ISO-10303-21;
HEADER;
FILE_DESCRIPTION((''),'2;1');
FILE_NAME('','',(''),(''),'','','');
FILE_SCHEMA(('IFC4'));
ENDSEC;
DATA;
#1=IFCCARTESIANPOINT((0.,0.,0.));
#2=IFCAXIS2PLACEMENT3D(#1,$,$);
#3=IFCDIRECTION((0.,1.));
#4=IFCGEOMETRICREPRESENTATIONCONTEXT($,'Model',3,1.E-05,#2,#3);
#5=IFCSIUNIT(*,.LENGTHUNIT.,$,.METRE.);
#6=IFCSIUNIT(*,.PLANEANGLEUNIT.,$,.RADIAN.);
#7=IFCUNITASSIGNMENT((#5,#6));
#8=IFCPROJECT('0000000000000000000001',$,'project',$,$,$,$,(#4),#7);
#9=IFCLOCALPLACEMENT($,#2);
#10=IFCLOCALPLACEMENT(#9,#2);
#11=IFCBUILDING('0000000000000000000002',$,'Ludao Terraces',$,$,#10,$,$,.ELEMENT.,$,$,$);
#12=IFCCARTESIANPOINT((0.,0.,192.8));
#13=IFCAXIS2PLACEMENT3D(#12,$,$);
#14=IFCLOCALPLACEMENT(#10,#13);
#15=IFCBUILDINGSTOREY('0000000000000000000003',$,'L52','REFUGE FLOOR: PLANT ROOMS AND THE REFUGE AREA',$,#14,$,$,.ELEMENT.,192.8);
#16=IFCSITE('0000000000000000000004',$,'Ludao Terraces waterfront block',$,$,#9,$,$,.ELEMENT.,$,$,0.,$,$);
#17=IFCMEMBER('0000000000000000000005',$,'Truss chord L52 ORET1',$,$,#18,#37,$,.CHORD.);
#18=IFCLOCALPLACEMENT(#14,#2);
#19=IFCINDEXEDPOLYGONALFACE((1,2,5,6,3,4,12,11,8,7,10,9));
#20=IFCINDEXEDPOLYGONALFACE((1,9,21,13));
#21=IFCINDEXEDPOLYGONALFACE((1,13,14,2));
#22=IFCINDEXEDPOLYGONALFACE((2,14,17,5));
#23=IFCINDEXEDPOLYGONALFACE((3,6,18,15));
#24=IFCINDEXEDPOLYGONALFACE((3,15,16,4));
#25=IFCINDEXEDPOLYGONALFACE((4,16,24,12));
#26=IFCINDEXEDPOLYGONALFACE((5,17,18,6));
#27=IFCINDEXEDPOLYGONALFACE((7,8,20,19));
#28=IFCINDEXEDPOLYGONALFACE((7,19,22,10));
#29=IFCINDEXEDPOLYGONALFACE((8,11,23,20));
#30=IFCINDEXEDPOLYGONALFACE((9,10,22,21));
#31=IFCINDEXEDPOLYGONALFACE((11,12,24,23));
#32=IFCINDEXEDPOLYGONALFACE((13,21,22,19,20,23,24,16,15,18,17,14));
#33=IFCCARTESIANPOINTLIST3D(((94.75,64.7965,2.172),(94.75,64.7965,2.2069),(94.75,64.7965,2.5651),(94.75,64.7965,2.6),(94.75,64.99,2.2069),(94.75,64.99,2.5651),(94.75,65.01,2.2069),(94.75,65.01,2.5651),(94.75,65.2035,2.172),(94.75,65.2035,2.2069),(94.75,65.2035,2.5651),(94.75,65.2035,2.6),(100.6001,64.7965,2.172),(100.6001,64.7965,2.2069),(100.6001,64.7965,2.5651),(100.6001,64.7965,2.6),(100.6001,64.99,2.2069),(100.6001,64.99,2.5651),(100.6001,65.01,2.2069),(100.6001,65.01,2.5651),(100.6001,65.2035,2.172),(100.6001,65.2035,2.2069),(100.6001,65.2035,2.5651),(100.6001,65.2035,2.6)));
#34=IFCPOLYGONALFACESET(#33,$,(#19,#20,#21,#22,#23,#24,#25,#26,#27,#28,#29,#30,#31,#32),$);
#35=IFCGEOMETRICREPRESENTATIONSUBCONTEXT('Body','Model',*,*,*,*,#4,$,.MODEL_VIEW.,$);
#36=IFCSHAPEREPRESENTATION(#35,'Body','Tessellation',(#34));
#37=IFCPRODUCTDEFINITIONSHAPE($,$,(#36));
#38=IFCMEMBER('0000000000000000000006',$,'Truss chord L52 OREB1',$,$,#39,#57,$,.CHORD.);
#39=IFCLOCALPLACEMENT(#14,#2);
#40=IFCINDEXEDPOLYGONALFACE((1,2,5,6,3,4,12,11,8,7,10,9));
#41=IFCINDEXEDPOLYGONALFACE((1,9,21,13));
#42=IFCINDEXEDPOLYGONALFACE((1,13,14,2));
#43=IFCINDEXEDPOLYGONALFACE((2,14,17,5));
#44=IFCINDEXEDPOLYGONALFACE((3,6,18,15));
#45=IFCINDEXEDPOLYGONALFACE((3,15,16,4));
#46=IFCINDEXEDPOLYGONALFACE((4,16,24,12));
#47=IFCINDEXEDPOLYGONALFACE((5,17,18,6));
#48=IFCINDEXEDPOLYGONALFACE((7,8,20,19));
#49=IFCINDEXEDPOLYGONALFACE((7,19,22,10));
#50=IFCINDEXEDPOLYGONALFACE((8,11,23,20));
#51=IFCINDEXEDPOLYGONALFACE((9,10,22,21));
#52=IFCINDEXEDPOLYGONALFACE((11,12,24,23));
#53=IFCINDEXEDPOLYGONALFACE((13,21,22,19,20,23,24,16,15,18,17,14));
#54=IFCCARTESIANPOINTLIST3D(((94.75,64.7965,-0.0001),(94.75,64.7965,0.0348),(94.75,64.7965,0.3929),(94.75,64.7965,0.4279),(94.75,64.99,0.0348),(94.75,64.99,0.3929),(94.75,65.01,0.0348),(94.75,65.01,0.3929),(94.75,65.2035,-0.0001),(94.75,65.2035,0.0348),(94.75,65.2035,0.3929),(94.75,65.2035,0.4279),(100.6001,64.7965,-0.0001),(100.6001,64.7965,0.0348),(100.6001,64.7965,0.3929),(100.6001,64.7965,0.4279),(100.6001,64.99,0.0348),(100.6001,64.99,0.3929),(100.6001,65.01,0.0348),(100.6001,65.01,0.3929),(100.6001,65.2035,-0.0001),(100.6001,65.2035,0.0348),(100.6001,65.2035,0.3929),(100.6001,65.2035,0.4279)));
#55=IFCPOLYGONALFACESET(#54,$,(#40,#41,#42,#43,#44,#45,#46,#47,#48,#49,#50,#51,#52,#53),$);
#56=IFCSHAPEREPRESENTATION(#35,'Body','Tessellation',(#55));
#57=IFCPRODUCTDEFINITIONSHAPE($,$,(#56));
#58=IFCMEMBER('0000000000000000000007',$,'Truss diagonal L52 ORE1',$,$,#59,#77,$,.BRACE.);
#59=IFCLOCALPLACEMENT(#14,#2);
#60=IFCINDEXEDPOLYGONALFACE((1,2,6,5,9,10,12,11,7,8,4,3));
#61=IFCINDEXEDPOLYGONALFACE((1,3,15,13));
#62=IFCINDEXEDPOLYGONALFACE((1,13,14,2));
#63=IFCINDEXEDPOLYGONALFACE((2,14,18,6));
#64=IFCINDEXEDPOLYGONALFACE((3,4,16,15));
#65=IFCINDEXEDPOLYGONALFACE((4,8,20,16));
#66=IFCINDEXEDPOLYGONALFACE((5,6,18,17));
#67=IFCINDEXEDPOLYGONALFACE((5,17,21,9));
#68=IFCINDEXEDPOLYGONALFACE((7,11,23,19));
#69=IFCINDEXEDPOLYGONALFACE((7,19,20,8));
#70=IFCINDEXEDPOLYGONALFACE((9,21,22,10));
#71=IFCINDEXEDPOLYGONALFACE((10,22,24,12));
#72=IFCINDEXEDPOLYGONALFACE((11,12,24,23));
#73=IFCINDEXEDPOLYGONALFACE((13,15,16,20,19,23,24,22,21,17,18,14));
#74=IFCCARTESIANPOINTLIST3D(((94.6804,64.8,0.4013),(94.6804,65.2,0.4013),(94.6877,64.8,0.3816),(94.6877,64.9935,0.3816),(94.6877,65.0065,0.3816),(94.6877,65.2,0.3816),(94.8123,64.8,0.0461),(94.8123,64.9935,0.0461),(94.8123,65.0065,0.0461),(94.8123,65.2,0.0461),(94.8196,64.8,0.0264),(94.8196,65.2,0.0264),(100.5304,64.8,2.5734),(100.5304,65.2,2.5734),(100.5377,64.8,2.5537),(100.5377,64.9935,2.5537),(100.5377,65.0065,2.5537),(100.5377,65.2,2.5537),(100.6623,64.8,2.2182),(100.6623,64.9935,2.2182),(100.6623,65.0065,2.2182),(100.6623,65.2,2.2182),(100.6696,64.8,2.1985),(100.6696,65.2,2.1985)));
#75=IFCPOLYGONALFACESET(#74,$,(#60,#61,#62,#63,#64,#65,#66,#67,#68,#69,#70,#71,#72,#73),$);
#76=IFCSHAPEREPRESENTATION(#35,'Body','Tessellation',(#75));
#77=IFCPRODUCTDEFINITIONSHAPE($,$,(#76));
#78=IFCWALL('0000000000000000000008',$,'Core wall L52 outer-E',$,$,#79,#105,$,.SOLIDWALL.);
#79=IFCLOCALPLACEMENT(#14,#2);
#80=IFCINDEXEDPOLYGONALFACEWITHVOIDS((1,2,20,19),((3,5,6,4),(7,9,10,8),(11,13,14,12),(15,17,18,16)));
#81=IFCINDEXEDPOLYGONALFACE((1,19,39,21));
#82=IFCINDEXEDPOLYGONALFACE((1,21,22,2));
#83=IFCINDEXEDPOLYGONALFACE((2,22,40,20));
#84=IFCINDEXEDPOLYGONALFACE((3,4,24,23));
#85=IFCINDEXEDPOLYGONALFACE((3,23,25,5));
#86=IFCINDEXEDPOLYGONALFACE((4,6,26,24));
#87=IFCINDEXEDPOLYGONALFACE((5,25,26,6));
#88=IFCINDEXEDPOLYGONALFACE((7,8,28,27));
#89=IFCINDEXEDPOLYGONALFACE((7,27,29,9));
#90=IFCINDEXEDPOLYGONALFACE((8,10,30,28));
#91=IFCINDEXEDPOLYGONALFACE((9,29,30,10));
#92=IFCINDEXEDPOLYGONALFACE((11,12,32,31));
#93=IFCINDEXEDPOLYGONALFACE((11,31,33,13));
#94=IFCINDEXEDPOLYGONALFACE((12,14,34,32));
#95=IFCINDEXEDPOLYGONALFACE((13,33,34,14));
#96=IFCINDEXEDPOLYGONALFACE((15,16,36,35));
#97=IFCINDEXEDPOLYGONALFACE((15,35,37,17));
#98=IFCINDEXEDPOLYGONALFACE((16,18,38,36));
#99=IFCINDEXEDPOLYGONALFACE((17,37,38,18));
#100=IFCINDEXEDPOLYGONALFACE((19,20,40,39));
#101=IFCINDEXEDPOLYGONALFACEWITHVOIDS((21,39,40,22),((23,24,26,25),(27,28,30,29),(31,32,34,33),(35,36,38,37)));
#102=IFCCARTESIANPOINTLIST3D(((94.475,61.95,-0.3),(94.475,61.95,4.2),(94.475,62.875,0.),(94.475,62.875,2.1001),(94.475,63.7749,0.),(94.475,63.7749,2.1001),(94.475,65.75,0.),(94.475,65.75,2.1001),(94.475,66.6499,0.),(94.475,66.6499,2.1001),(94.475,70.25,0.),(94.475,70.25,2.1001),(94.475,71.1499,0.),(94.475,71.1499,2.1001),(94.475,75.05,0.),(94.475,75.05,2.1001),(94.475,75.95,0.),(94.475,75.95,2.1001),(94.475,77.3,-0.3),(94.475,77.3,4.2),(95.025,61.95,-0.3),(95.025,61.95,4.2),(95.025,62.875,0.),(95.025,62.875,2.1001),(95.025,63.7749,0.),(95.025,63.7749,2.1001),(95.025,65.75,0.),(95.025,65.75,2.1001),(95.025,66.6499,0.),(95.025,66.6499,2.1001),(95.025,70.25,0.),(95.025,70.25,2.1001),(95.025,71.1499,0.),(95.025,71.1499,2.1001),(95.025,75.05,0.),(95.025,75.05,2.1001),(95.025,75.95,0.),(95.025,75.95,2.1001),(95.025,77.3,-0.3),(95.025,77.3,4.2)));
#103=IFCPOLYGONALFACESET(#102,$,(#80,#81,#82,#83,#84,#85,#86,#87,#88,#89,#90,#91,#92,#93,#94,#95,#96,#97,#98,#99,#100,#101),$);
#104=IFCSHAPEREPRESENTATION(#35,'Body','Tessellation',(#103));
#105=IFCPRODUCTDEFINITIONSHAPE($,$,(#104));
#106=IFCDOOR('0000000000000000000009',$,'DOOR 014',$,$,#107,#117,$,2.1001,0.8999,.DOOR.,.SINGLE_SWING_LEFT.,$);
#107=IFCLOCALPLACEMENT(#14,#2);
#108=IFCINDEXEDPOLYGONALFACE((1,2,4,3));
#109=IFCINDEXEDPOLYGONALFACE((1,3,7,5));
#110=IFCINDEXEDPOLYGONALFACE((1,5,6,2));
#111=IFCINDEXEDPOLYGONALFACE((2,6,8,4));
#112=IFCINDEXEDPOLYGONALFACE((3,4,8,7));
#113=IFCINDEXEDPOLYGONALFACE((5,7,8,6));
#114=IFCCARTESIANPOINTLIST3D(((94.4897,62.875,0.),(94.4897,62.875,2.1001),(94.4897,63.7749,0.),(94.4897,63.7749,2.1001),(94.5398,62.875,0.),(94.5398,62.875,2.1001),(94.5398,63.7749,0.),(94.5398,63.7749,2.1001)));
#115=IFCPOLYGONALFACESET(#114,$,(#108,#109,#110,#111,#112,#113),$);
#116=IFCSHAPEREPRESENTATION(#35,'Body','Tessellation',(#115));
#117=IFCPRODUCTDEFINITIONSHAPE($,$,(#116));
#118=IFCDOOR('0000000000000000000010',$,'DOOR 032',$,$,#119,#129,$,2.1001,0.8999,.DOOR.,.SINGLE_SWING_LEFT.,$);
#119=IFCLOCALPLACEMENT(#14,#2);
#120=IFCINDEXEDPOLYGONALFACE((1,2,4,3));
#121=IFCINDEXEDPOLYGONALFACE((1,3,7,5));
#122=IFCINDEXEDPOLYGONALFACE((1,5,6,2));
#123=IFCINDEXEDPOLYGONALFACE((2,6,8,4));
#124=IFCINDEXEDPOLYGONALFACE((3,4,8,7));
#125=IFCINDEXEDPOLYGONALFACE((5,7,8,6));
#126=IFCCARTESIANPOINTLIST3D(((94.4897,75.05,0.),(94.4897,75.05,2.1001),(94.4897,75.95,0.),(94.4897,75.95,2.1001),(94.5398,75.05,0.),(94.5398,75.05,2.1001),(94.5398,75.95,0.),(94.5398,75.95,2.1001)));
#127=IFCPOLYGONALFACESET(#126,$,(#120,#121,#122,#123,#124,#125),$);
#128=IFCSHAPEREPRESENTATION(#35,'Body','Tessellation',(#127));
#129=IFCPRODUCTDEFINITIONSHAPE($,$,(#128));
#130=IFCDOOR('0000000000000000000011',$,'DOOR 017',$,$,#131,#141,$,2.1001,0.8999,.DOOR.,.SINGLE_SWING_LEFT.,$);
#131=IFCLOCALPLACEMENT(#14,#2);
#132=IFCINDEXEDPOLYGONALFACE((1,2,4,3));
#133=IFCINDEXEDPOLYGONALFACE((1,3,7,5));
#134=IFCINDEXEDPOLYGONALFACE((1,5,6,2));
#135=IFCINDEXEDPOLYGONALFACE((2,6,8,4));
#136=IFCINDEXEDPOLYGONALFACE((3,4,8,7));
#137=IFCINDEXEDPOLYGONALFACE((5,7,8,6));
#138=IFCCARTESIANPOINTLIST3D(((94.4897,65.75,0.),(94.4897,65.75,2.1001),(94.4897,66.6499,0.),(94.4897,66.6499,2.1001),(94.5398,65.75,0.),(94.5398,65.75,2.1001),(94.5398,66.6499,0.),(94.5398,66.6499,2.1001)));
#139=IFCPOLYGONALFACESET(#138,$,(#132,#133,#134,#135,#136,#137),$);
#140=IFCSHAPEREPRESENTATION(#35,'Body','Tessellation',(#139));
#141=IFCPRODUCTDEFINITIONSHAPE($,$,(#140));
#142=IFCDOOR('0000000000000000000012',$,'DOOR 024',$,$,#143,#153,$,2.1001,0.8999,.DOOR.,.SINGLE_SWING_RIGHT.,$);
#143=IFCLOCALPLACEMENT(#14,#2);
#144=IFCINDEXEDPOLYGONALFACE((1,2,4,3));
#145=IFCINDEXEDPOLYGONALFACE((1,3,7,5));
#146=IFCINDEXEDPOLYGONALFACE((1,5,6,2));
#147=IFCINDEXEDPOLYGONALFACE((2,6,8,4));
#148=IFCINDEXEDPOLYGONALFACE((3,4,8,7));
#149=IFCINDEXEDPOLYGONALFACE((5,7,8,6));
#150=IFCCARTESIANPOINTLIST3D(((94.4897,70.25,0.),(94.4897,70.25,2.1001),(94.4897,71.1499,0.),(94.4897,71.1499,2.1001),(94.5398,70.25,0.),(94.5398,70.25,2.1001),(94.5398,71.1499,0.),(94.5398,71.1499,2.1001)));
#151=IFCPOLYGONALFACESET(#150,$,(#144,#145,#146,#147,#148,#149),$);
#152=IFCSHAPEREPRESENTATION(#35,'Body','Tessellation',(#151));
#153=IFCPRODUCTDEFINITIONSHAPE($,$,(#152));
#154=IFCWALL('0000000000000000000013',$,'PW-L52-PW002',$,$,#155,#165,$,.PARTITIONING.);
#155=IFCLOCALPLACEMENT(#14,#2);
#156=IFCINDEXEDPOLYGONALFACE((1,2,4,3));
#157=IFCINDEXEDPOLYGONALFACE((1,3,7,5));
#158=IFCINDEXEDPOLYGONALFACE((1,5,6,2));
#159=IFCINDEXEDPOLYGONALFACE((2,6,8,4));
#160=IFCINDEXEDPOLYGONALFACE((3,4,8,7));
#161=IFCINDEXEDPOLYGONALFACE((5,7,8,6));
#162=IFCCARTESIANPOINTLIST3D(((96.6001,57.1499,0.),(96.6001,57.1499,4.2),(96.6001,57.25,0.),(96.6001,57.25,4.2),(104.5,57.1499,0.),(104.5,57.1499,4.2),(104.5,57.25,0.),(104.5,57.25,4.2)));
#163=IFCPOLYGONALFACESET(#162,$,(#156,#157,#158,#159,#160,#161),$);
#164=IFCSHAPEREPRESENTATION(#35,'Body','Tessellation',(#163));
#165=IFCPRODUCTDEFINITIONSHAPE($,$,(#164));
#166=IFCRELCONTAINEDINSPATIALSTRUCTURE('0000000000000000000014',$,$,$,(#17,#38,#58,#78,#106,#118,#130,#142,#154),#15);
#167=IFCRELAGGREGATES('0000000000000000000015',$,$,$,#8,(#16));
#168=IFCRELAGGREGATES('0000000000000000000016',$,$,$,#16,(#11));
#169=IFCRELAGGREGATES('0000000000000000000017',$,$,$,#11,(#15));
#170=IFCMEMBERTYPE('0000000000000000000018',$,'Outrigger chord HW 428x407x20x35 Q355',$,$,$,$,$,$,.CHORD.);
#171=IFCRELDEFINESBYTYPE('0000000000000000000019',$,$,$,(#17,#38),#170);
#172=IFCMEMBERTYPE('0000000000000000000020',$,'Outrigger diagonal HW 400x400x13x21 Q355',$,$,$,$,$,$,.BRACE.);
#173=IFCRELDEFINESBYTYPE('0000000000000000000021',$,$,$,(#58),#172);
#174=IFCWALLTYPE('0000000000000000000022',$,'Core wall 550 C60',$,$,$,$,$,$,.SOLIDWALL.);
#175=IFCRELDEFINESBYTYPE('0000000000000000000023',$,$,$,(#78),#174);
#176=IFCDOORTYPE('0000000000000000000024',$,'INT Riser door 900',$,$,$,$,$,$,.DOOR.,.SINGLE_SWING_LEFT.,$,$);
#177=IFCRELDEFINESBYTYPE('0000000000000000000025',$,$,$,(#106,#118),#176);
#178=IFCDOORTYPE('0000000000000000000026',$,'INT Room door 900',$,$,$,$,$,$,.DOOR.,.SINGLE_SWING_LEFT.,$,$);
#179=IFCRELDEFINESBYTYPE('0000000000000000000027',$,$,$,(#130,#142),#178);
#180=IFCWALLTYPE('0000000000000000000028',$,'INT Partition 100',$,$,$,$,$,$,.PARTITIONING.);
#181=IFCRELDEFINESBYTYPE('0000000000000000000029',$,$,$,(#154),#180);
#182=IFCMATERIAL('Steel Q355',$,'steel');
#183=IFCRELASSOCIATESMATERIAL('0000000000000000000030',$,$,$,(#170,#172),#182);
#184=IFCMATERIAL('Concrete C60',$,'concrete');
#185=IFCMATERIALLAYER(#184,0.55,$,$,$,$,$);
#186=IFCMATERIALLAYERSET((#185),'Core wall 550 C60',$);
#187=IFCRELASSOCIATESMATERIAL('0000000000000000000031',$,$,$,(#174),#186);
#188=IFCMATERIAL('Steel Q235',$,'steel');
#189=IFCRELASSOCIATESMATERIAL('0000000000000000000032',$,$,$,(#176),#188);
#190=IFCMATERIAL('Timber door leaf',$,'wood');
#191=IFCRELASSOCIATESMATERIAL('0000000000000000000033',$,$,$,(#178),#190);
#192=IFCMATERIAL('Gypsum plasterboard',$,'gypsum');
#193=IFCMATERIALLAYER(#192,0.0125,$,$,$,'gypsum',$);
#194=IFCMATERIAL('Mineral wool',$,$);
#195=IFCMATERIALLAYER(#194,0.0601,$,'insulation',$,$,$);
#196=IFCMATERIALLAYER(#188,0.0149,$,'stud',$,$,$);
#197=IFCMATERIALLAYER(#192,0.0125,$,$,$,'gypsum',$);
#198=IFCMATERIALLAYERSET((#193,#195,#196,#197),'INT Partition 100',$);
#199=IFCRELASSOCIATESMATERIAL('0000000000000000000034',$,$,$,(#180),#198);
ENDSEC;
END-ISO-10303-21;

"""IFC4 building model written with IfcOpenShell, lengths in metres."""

from ifc_helpers import new_model, si_unit, direction, frame, frame_2d, origin, origin_2d, place, context, subcontext, project, spatial, rectangle, i_section, extrude, material, layer, layer_set, material_profile, profile_set, type_object, element, fill, save


model = new_model("IFC4")

# Units and contexts
model_context = context("Model", 3, precision=1e-05, world=origin(), true_north=direction((0.0, 1.0)))
body_context = subcontext(model_context, "Body", "Model", "MODEL_VIEW")
ifc_project = project(units=[si_unit("LENGTHUNIT", "METRE"), si_unit("PLANEANGLEUNIT", "RADIAN")], contexts=[model_context])

# Site, building, storey
site_placement = place(None, origin())
site = spatial("IfcSite", under=ifc_project, at=site_placement, Name="Ludao Terraces waterfront block", CompositionType="ELEMENT", RefElevation=0.0)
building_placement = place(site_placement, origin())
building = spatial("IfcBuilding", under=site, at=building_placement, Name="Ludao Terraces", CompositionType="ELEMENT")
storey_placement = place(building_placement, frame((0.0, 0.0, 192.8)))
storey = spatial("IfcBuildingStorey", under=building, at=storey_placement, Name="L52", Description="REFUGE FLOOR: PLANT ROOMS AND THE REFUGE AREA", CompositionType="ELEMENT", Elevation=192.8)

# Members
ifc_material_1 = material(Name="Steel Q355", Category="steel")
ifc_material_profile_1 = material_profile(ifc_material_1, i_section(OverallWidth=0.407, OverallDepth=0.428, WebThickness=0.02, FlangeThickness=0.0349, at=origin_2d()), Name="HW 428X407X20X35")
ifc_profile_set_1 = profile_set([ifc_material_profile_1], Name="Steel Q355")
member_type_1 = type_object("IfcMemberType", Name="Outrigger chord HW 428x407x20x35 Q355", PredefinedType="CHORD", material=ifc_profile_set_1)
for number, where, z_axis, x_axis, name in (
    (1, (94.75, 65.0, 2.386), (1.0, 0.0, 0.0), (0.0, 1.0, 0.0), "Truss chord L52 ORET1"),
    (2, (94.75, 65.0, 0.2139), (1.0, 0.0, 0.0), (0.0, 1.0, 0.0), "Truss chord L52 OREB1"),
):
    element("IfcMember", number, at=place(storey_placement, frame(where, z_axis=z_axis, x_axis=x_axis)), inside=storey, type_object=member_type_1, Name=name, PredefinedType="CHORD", context=body_context, shape_type="SweptSolid", body=[
        extrude(i_section(OverallWidth=0.407, OverallDepth=0.428, WebThickness=0.02, FlangeThickness=0.0349, at=origin_2d()), origin(), (0.0, 0.0, 1.0), 5.8501),
    ])
ifc_material_profile_2 = material_profile(ifc_material_1, i_section(OverallWidth=0.3999, OverallDepth=0.3999, WebThickness=0.0129, FlangeThickness=0.021, at=origin_2d()), Name="HW 400X400X13X21")
ifc_profile_set_2 = profile_set([ifc_material_profile_2], Name="Steel Q355")
member_type_2 = type_object("IfcMemberType", Name="Outrigger diagonal HW 400x400x13x21 Q355", PredefinedType="BRACE", material=ifc_profile_set_2)
member_placement = place(storey_placement, frame((94.75, 65.0, 0.2139), z_axis=(0.937466, 0.0, 0.348077), x_axis=(0.0, 1.0, 0.0)))
element("IfcMember", 3, at=member_placement, inside=storey, type_object=member_type_2, Name="Truss diagonal L52 ORE1", PredefinedType="BRACE", context=body_context, shape_type="SweptSolid", body=[
    extrude(i_section(OverallWidth=0.3999, OverallDepth=0.3999, WebThickness=0.0129, FlangeThickness=0.021, at=origin_2d()), origin(), (0.0, 0.0, 1.0), 6.2402),
])

# Wall, openings, doors
ifc_material_2 = material(Name="Concrete C60", Category="concrete")
ifc_layer_1 = layer(ifc_material_2, 0.55)
ifc_layer_set_1 = layer_set([ifc_layer_1], Name="Core wall 550 C60")
wall_type_1 = type_object("IfcWallType", Name="Core wall 550 C60", PredefinedType="SOLIDWALL", material=ifc_layer_set_1)
wall_1_placement = place(storey_placement, frame((94.75, 61.95, -0.3), z_axis=(0.0, 0.0, 1.0), x_axis=(0.0, 1.0, 0.0)))
wall_1 = element("IfcWall", 4, at=wall_1_placement, inside=storey, type_object=wall_type_1, Name="Core wall L52 outer-E", PredefinedType="SOLIDWALL", context=body_context, shape_type="SweptSolid", body=[
    extrude(rectangle(XDim=15.3501, YDim=0.55, at=frame_2d((7.675, 0.0))), origin(), (0.0, 0.0, 1.0), 4.5),
])
opening_1_placement = place(wall_1_placement, frame((0.925, 0.0, 0.3)))
opening_1 = element("IfcOpeningElement", 5, at=opening_1_placement, cuts=wall_1, PredefinedType="OPENING", context=body_context, shape_type="SweptSolid", body=[
    extrude(rectangle(XDim=0.8999, YDim=2.1001, at=frame_2d((0.45, 1.05))), frame((0.0, 0.2852, 0.0), z_axis=(0.0, -1.0, 0.0), x_axis=(1.0, 0.0, 0.0)), (0.0, 0.0, 1.0), 0.5701),
])
opening_2_placement = place(wall_1_placement, frame((3.8, 0.0, 0.3)))
opening_2 = element("IfcOpeningElement", 6, at=opening_2_placement, cuts=wall_1, PredefinedType="OPENING", context=body_context, shape_type="SweptSolid", body=[
    extrude(rectangle(XDim=0.8999, YDim=2.1001, at=frame_2d((0.45, 1.05))), frame((0.0, 0.2852, 0.0), z_axis=(0.0, -1.0, 0.0), x_axis=(1.0, 0.0, 0.0)), (0.0, 0.0, 1.0), 0.5701),
])
opening_3_placement = place(wall_1_placement, frame((8.3, 0.0, 0.3)))
opening_3 = element("IfcOpeningElement", 7, at=opening_3_placement, cuts=wall_1, PredefinedType="OPENING", context=body_context, shape_type="SweptSolid", body=[
    extrude(rectangle(XDim=0.8999, YDim=2.1001, at=frame_2d((0.45, 1.05))), frame((0.0, 0.2852, 0.0), z_axis=(0.0, -1.0, 0.0), x_axis=(1.0, 0.0, 0.0)), (0.0, 0.0, 1.0), 0.5701),
])
opening_4_placement = place(wall_1_placement, frame((13.1001, 0.0, 0.3)))
opening_4 = element("IfcOpeningElement", 8, at=opening_4_placement, cuts=wall_1, PredefinedType="OPENING", context=body_context, shape_type="SweptSolid", body=[
    extrude(rectangle(XDim=0.8999, YDim=2.1001, at=frame_2d((0.45, 1.05))), frame((0.0, 0.2852, 0.0), z_axis=(0.0, -1.0, 0.0), x_axis=(1.0, 0.0, 0.0)), (0.0, 0.0, 1.0), 0.5701),
])
ifc_material_3 = material(Name="Steel Q235", Category="steel")
door_type_1 = type_object("IfcDoorType", Name="INT Riser door 900", OperationType="SINGLE_SWING_LEFT", PredefinedType="DOOR", material=ifc_material_3)
door_1_placement = place(opening_1_placement, origin())
door_1 = element("IfcDoor", 9, at=door_1_placement, inside=storey, type_object=door_type_1, Name="DOOR 014", OperationType="SINGLE_SWING_LEFT", OverallHeight=2.1001, OverallWidth=0.8999, PredefinedType="DOOR", context=body_context, shape_type="SweptSolid", body=[
    extrude(rectangle(XDim=0.8999, YDim=2.1001, at=frame_2d((0.45, 1.05))), frame((0.0, 0.2603, 0.0), z_axis=(0.0, -1.0, 0.0), x_axis=(1.0, 0.0, 0.0)), (0.0, 0.0, 1.0), 0.05),
])
fill(opening_1, door_1)
door_2_placement = place(opening_4_placement, origin())
door_2 = element("IfcDoor", 10, at=door_2_placement, inside=storey, type_object=door_type_1, Name="DOOR 032", OperationType="SINGLE_SWING_LEFT", OverallHeight=2.1001, OverallWidth=0.8999, PredefinedType="DOOR", context=body_context, shape_type="SweptSolid", body=[
    extrude(rectangle(XDim=0.8999, YDim=2.1001, at=frame_2d((0.45, 1.05))), frame((0.0, 0.2603, 0.0), z_axis=(0.0, -1.0, 0.0), x_axis=(1.0, 0.0, 0.0)), (0.0, 0.0, 1.0), 0.05),
])
fill(opening_4, door_2)
ifc_material_4 = material(Name="Timber door leaf", Category="wood")
door_type_2 = type_object("IfcDoorType", Name="INT Room door 900", OperationType="SINGLE_SWING_LEFT", PredefinedType="DOOR", material=ifc_material_4)
door_3_placement = place(opening_2_placement, origin())
door_3 = element("IfcDoor", 11, at=door_3_placement, inside=storey, type_object=door_type_2, Name="DOOR 017", OperationType="SINGLE_SWING_LEFT", OverallHeight=2.1001, OverallWidth=0.8999, PredefinedType="DOOR", context=body_context, shape_type="SweptSolid", body=[
    extrude(rectangle(XDim=0.8999, YDim=2.1001, at=frame_2d((0.45, 1.05))), frame((0.0, 0.2603, 0.0), z_axis=(0.0, -1.0, 0.0), x_axis=(1.0, 0.0, 0.0)), (0.0, 0.0, 1.0), 0.05),
])
fill(opening_2, door_3)
door_4_placement = place(opening_3_placement, origin())
door_4 = element("IfcDoor", 12, at=door_4_placement, inside=storey, type_object=door_type_2, Name="DOOR 024", OperationType="SINGLE_SWING_RIGHT", OverallHeight=2.1001, OverallWidth=0.8999, PredefinedType="DOOR", context=body_context, shape_type="SweptSolid", body=[
    extrude(rectangle(XDim=0.8999, YDim=2.1001, at=frame_2d((0.45, 1.05))), frame((0.0, 0.2603, 0.0), z_axis=(0.0, -1.0, 0.0), x_axis=(1.0, 0.0, 0.0)), (0.0, 0.0, 1.0), 0.05),
])
fill(opening_3, door_4)

# Wall
ifc_material_5 = material(Name="Gypsum plasterboard", Category="gypsum")
ifc_layer_2 = layer(ifc_material_5, 0.0125, Category="gypsum")
ifc_material_6 = material(Name="Mineral wool")
ifc_layer_3 = layer(ifc_material_6, 0.0601, Name="insulation")
ifc_layer_4 = layer(ifc_material_3, 0.0149, Name="stud")
ifc_layer_5 = layer(ifc_material_5, 0.0125, Category="gypsum")
ifc_layer_set_2 = layer_set([ifc_layer_2, ifc_layer_3, ifc_layer_4, ifc_layer_5], Name="INT Partition 100")
wall_type_2 = type_object("IfcWallType", Name="INT Partition 100", PredefinedType="PARTITIONING", material=ifc_layer_set_2)
for number, where, z_axis, x_axis, name in (
    (13, (96.6001, 57.2, 0.0), (0.0, 0.0, 1.0), (1.0, 0.0, 0.0), "PW-L52-PW002"),
):
    element("IfcWall", number, at=place(storey_placement, frame(where, z_axis=z_axis, x_axis=x_axis)), inside=storey, type_object=wall_type_2, Name=name, PredefinedType="PARTITIONING", context=body_context, shape_type="SweptSolid", body=[
        extrude(rectangle(XDim=7.8999, YDim=0.1001, at=frame_2d((3.95, 0.0))), origin(), (0.0, 0.0, 1.0), 4.2),
    ])

save(model, "model.ifc")
